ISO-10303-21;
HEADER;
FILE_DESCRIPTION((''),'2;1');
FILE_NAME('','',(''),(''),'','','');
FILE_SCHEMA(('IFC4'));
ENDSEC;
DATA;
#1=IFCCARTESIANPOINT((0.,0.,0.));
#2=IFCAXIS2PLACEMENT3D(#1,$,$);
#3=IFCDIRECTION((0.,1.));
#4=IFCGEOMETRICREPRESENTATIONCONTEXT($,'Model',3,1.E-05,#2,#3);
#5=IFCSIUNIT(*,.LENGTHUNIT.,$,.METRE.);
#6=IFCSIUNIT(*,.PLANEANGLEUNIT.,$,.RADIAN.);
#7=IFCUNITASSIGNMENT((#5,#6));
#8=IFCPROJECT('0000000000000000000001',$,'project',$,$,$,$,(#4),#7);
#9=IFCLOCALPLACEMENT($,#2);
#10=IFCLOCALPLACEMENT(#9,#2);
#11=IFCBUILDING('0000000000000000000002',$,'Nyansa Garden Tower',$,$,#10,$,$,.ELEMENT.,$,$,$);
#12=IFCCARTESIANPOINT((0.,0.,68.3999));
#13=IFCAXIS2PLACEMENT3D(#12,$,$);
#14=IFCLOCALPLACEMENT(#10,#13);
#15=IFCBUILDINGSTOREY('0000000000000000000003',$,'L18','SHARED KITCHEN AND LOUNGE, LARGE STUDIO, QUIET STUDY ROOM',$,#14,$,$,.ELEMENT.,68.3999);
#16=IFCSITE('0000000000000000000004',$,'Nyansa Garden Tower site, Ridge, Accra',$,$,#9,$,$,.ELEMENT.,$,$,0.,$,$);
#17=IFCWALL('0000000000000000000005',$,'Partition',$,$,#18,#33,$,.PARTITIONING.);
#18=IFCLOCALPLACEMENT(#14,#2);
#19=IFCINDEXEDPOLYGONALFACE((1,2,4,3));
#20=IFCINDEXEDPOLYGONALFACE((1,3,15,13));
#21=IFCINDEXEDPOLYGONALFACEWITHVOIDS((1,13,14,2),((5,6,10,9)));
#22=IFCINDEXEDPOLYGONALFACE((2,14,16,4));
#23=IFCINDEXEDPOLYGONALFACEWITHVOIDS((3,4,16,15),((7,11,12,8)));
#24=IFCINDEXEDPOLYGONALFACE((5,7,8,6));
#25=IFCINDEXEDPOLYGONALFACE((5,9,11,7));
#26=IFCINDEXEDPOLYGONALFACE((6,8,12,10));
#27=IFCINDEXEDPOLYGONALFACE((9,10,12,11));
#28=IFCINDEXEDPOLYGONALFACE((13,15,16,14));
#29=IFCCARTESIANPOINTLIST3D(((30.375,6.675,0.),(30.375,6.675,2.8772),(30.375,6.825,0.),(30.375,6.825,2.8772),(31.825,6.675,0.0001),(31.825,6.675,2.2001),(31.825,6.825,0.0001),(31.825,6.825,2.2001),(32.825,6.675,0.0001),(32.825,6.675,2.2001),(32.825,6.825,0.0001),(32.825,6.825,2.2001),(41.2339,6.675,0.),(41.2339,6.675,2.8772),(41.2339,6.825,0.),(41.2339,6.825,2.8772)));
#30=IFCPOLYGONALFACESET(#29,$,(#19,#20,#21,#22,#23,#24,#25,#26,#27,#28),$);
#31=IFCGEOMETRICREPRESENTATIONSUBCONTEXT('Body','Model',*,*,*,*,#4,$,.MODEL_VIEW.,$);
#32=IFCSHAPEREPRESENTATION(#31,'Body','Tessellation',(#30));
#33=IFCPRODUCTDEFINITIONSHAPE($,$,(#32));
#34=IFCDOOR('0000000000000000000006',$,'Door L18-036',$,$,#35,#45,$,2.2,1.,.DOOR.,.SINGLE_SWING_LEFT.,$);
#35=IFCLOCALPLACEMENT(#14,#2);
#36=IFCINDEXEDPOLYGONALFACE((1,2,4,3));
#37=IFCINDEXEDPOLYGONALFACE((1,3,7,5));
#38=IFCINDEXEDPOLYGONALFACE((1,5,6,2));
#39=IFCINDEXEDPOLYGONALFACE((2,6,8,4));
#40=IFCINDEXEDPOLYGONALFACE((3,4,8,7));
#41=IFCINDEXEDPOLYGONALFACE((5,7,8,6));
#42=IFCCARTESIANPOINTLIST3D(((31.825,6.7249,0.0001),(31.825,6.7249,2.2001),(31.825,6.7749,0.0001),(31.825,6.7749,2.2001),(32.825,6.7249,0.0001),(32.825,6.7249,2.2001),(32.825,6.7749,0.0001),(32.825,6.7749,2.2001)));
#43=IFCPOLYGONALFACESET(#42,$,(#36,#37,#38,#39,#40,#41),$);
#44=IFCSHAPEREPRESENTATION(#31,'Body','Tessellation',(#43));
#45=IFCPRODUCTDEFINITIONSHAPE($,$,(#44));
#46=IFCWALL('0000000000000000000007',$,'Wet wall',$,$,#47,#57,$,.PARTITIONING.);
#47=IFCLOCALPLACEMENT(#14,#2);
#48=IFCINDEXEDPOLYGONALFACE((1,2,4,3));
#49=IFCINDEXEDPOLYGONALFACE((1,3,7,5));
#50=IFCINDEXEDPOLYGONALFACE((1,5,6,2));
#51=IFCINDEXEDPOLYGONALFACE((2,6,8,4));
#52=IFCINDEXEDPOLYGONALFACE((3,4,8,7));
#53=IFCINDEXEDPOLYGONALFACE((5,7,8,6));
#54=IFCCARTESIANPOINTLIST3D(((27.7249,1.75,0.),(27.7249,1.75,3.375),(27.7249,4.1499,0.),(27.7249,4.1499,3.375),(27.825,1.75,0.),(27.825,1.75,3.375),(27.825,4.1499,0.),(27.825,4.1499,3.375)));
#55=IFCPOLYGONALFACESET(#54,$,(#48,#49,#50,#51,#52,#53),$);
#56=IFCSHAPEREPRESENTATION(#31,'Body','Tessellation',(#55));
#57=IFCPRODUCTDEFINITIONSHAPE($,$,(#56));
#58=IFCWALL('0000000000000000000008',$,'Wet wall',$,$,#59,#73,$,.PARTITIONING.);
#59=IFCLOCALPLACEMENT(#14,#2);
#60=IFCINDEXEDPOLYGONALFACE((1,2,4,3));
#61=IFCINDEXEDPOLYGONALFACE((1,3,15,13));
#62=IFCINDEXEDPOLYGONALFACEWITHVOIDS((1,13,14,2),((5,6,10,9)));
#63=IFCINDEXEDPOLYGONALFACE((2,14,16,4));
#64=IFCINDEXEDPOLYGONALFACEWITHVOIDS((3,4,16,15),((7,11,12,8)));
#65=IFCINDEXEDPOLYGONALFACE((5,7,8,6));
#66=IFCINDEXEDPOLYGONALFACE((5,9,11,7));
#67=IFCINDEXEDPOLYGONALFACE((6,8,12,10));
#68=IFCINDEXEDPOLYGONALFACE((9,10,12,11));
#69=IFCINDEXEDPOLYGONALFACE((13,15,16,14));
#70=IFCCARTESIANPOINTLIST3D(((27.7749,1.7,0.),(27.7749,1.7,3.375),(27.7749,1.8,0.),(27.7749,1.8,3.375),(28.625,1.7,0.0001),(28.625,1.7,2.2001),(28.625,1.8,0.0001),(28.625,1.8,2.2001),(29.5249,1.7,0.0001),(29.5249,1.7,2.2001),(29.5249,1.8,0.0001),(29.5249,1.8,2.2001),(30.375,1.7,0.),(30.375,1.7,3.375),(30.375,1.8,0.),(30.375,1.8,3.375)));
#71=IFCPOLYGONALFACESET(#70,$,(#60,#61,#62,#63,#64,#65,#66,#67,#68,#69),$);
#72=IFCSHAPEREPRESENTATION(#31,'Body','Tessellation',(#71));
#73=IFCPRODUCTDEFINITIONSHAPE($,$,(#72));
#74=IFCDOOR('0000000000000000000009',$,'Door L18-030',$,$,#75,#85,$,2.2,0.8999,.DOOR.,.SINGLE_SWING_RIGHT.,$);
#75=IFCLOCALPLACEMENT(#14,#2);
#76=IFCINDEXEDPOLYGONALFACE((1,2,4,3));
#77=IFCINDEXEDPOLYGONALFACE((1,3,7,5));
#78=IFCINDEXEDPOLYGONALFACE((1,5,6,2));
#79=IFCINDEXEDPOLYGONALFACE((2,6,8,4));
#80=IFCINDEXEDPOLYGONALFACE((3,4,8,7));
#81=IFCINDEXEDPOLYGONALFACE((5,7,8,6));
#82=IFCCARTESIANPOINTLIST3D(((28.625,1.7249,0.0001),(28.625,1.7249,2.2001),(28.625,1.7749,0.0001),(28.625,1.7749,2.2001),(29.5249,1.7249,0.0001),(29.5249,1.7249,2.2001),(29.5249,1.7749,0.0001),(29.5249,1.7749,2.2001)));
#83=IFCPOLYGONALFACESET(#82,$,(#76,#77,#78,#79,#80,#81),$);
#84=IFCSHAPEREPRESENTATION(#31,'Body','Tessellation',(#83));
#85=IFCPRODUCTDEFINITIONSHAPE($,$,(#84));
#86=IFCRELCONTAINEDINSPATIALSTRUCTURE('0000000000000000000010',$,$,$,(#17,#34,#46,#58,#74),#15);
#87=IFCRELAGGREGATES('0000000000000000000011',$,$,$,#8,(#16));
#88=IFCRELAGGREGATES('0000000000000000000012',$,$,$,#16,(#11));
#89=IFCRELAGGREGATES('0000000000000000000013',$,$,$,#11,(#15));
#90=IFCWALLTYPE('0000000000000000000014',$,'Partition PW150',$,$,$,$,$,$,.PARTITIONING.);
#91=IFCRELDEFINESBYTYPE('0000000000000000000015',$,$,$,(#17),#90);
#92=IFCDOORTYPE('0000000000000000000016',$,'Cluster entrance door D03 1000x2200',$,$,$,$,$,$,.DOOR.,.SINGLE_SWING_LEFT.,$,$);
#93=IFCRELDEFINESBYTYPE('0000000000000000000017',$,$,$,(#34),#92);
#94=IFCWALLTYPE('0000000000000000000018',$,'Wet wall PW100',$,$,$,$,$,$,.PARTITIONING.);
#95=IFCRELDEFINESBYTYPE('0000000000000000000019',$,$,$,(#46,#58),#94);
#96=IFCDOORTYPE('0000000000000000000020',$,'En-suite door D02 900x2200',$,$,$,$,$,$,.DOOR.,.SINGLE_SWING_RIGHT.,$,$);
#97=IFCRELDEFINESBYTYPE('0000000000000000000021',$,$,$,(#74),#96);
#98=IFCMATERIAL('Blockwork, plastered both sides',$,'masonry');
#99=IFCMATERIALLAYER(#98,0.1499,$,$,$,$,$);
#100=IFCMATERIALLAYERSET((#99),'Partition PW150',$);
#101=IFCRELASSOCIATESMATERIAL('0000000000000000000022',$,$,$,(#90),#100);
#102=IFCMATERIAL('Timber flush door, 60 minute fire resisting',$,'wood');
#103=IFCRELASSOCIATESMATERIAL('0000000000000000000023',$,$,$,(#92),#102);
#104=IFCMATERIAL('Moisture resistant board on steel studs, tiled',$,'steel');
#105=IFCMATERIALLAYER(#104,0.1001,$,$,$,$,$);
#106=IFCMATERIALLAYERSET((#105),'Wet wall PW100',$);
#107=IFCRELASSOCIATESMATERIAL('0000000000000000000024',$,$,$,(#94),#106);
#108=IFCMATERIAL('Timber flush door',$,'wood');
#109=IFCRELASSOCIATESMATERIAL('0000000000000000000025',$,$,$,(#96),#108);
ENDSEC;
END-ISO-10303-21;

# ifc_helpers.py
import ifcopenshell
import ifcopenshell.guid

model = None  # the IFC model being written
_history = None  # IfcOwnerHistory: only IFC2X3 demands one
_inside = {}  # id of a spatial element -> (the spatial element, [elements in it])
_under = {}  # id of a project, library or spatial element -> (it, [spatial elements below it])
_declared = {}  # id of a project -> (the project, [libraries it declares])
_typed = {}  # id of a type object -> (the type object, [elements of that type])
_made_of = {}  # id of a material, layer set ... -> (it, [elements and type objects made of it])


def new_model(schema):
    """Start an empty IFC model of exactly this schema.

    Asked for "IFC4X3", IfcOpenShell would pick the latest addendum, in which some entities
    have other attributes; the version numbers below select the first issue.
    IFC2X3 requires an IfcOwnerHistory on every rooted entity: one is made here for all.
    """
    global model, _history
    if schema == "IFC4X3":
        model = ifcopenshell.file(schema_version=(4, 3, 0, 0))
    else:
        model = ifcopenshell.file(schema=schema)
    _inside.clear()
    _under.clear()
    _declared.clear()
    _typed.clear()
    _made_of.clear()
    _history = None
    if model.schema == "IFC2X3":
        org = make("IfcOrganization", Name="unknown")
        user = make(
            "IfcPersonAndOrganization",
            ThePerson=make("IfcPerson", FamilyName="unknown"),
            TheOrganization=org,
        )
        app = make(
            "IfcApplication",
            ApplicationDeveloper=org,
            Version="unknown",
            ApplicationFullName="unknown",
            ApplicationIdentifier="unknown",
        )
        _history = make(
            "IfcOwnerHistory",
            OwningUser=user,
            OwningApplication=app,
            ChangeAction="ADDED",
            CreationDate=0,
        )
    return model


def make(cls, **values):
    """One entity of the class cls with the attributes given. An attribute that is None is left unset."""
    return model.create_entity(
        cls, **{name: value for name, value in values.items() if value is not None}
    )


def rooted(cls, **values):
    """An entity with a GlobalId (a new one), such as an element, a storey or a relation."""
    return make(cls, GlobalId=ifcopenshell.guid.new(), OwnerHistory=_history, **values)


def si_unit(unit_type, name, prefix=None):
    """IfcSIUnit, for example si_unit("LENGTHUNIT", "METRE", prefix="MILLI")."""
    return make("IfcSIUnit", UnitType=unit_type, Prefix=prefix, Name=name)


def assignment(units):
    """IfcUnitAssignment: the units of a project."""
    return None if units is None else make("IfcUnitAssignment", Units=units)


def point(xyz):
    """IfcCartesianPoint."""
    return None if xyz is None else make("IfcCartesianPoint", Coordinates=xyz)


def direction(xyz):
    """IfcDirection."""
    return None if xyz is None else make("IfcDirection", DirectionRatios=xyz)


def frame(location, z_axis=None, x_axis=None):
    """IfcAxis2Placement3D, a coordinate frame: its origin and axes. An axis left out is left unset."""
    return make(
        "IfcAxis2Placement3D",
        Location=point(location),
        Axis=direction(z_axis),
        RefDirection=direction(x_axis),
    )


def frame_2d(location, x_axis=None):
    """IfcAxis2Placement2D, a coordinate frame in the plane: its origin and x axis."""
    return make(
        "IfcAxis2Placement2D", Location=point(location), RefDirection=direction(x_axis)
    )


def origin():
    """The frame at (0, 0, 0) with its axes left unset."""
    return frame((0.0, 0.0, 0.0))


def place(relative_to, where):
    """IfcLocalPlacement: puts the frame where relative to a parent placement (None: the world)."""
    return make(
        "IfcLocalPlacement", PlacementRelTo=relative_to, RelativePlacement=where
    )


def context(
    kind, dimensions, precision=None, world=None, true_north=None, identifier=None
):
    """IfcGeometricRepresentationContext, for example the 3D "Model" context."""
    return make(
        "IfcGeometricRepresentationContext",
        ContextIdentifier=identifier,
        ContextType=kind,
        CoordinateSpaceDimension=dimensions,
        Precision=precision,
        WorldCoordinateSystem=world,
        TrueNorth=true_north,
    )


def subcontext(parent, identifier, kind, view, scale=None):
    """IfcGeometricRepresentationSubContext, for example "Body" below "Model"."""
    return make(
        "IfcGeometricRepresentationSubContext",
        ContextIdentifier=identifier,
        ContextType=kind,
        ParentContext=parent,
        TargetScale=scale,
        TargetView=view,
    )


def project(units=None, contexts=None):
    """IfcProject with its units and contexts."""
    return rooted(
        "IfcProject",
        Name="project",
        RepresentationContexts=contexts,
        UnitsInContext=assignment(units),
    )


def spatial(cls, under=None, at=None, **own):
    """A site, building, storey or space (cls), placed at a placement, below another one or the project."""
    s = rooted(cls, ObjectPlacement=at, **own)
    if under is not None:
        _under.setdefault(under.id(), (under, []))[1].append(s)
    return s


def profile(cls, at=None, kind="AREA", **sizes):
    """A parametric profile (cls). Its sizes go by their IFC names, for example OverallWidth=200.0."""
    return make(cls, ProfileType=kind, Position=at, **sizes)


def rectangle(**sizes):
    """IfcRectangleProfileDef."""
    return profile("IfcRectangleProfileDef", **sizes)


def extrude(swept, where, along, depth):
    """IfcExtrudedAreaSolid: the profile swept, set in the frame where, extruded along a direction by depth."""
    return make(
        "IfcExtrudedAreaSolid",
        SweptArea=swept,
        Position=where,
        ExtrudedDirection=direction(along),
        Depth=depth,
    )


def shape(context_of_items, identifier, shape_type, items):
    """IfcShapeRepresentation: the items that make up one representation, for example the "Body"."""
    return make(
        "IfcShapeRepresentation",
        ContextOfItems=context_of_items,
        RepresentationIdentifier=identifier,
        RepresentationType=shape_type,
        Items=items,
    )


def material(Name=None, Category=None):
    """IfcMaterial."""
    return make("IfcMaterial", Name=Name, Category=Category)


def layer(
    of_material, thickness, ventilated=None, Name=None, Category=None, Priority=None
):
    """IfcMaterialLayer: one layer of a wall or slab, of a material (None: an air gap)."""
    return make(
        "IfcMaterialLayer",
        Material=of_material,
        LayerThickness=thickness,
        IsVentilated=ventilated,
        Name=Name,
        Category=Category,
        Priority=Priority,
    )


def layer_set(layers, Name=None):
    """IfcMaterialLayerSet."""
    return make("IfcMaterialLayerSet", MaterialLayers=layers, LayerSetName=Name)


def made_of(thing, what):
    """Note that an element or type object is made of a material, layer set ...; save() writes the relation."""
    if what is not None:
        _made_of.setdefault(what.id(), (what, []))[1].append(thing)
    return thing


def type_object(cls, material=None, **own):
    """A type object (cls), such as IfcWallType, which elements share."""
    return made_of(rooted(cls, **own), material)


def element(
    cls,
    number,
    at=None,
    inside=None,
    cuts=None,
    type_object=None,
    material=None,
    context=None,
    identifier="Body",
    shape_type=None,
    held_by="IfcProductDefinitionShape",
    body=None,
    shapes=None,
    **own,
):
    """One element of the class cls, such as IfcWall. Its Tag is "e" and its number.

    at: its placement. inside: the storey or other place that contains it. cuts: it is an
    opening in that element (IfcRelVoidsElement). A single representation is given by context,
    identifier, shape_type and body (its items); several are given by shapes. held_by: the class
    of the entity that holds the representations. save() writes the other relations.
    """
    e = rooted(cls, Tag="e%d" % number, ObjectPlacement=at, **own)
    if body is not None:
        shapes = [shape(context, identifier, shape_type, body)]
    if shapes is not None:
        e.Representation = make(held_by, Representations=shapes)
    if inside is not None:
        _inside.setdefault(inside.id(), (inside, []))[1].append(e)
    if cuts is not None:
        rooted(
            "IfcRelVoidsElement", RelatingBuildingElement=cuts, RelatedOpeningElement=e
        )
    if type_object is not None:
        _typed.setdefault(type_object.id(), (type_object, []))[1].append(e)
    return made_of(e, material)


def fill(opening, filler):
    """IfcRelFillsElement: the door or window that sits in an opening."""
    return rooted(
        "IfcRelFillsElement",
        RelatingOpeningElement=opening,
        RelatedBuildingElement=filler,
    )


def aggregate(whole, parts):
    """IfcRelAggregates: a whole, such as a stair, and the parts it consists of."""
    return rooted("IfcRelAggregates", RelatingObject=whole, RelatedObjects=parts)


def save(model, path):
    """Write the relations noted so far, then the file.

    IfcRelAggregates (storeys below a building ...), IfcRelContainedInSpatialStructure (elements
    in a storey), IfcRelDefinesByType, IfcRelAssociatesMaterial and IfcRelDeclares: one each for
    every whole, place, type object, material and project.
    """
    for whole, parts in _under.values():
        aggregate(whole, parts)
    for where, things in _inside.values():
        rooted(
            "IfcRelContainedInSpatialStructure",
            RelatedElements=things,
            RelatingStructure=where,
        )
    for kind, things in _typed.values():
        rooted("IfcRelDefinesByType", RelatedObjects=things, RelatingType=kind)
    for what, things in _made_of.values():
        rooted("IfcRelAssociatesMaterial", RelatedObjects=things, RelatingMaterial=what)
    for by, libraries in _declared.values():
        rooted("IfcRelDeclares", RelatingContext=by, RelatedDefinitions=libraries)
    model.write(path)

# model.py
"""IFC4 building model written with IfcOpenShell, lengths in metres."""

from ifc_helpers import new_model, si_unit, direction, frame, frame_2d, origin, place, context, subcontext, project, spatial, rectangle, extrude, material, layer, layer_set, type_object, element, fill, save


model = new_model("IFC4")

# Units and contexts
model_context = context("Model", 3, precision=1e-05, world=origin(), true_north=direction((0.0, 1.0)))
body_context = subcontext(model_context, "Body", "Model", "MODEL_VIEW")
ifc_project = project(units=[si_unit("LENGTHUNIT", "METRE"), si_unit("PLANEANGLEUNIT", "RADIAN")], contexts=[model_context])

# Site, building, storey
site_placement = place(None, origin())
site = spatial("IfcSite", under=ifc_project, at=site_placement, Name="Nyansa Garden Tower site, Ridge, Accra", CompositionType="ELEMENT", RefElevation=0.0)
building_placement = place(site_placement, origin())
building = spatial("IfcBuilding", under=site, at=building_placement, Name="Nyansa Garden Tower", CompositionType="ELEMENT")
storey_placement = place(building_placement, frame((0.0, 0.0, 68.3999)))
storey = spatial("IfcBuildingStorey", under=building, at=storey_placement, Name="L18", Description="SHARED KITCHEN AND LOUNGE, LARGE STUDIO, QUIET STUDY ROOM", CompositionType="ELEMENT", Elevation=68.3999)

# Shared definitions
ifc_material_1 = material(Name="Blockwork, plastered both sides", Category="masonry")
ifc_layer_1 = layer(ifc_material_1, 0.1499)
ifc_layer_set_1 = layer_set([ifc_layer_1], Name="Partition PW150")
wall_type_1 = type_object("IfcWallType", Name="Partition PW150", PredefinedType="PARTITIONING", material=ifc_layer_set_1)

# Wall, opening, door
wall_1_placement = place(storey_placement, frame((30.375, 6.75, 0.0), z_axis=(0.0, 0.0, 1.0), x_axis=(1.0, 0.0, 0.0)))
wall_1 = element("IfcWall", 1, at=wall_1_placement, inside=storey, type_object=wall_type_1, Name="Partition", PredefinedType="PARTITIONING", context=body_context, shape_type="SweptSolid", body=[
    extrude(rectangle(XDim=10.8589, YDim=0.1499, at=frame_2d((5.4294, 0.0))), origin(), (0.0, 0.0, 1.0), 2.8772),
])
opening_1_placement = place(wall_1_placement, frame((1.45, 0.0, 0.0)))
opening_1 = element("IfcOpeningElement", 2, at=opening_1_placement, cuts=wall_1, PredefinedType="OPENING", context=body_context, shape_type="SweptSolid", body=[
    extrude(rectangle(XDim=1.0, YDim=2.2, at=frame_2d((0.5, 1.1001))), frame((0.0, 0.085, 0.0), z_axis=(0.0, -1.0, 0.0), x_axis=(1.0, 0.0, 0.0)), (0.0, 0.0, 1.0), 0.1699),
])
ifc_material_2 = material(Name="Timber flush door, 60 minute fire resisting", Category="wood")
door_type_1 = type_object("IfcDoorType", Name="Cluster entrance door D03 1000x2200", OperationType="SINGLE_SWING_LEFT", PredefinedType="DOOR", material=ifc_material_2)
door_1_placement = place(opening_1_placement, origin())
door_1 = element("IfcDoor", 3, at=door_1_placement, inside=storey, type_object=door_type_1, Name="Door L18-036", OperationType="SINGLE_SWING_LEFT", OverallHeight=2.2, OverallWidth=1.0, PredefinedType="DOOR", context=body_context, shape_type="SweptSolid", body=[
    extrude(rectangle(XDim=1.0, YDim=2.2, at=frame_2d((0.5, 1.1001))), frame((0.0, 0.0249, 0.0), z_axis=(0.0, -1.0, 0.0), x_axis=(1.0, 0.0, 0.0)), (0.0, 0.0, 1.0), 0.05),
])
fill(opening_1, door_1)

# Wall
ifc_material_3 = material(Name="Moisture resistant board on steel studs, tiled", Category="steel")
ifc_layer_2 = layer(ifc_material_3, 0.1001)
ifc_layer_set_2 = layer_set([ifc_layer_2], Name="Wet wall PW100")
wall_type_2 = type_object("IfcWallType", Name="Wet wall PW100", PredefinedType="PARTITIONING", material=ifc_layer_set_2)
wall_2_placement = place(storey_placement, frame((27.7749, 1.75, 0.0), z_axis=(0.0, 0.0, 1.0), x_axis=(0.0, 1.0, 0.0)))
element("IfcWall", 4, at=wall_2_placement, inside=storey, type_object=wall_type_2, Name="Wet wall", PredefinedType="PARTITIONING", context=body_context, shape_type="SweptSolid", body=[
    extrude(rectangle(XDim=2.3999, YDim=0.1001, at=frame_2d((1.2, 0.0))), origin(), (0.0, 0.0, 1.0), 3.375),
])

# Wall, opening, door
wall_3_placement = place(storey_placement, frame((27.7749, 1.75, 0.0), z_axis=(0.0, 0.0, 1.0), x_axis=(1.0, 0.0, 0.0)))
wall_3 = element("IfcWall", 5, at=wall_3_placement, inside=storey, type_object=wall_type_2, Name="Wet wall", PredefinedType="PARTITIONING", context=body_context, shape_type="SweptSolid", body=[
    extrude(rectangle(XDim=2.6001, YDim=0.1001, at=frame_2d((1.3, 0.0))), origin(), (0.0, 0.0, 1.0), 3.375),
])
opening_2_placement = place(wall_3_placement, frame((0.8501, 0.0, 0.0)))
opening_2 = element("IfcOpeningElement", 6, at=opening_2_placement, cuts=wall_3, PredefinedType="OPENING", context=body_context, shape_type="SweptSolid", body=[
    extrude(rectangle(XDim=0.8999, YDim=2.2, at=frame_2d((0.45, 1.1001))), frame((0.0, 0.0601, 0.0), z_axis=(0.0, -1.0, 0.0), x_axis=(1.0, 0.0, 0.0)), (0.0, 0.0, 1.0), 0.1201),
])
ifc_material_4 = material(Name="Timber flush door", Category="wood")
door_type_2 = type_object("IfcDoorType", Name="En-suite door D02 900x2200", OperationType="SINGLE_SWING_RIGHT", PredefinedType="DOOR", material=ifc_material_4)
door_2_placement = place(opening_2_placement, origin())
door_2 = element("IfcDoor", 7, at=door_2_placement, inside=storey, type_object=door_type_2, Name="Door L18-030", OperationType="SINGLE_SWING_RIGHT", OverallHeight=2.2, OverallWidth=0.8999, PredefinedType="DOOR", context=body_context, shape_type="SweptSolid", body=[
    extrude(rectangle(XDim=0.8999, YDim=2.2, at=frame_2d((0.45, 1.1001))), frame((0.0, 0.0249, 0.0), z_axis=(0.0, -1.0, 0.0), x_axis=(1.0, 0.0, 0.0)), (0.0, 0.0, 1.0), 0.05),
])
fill(opening_2, door_2)

save(model, "model.ifc")
